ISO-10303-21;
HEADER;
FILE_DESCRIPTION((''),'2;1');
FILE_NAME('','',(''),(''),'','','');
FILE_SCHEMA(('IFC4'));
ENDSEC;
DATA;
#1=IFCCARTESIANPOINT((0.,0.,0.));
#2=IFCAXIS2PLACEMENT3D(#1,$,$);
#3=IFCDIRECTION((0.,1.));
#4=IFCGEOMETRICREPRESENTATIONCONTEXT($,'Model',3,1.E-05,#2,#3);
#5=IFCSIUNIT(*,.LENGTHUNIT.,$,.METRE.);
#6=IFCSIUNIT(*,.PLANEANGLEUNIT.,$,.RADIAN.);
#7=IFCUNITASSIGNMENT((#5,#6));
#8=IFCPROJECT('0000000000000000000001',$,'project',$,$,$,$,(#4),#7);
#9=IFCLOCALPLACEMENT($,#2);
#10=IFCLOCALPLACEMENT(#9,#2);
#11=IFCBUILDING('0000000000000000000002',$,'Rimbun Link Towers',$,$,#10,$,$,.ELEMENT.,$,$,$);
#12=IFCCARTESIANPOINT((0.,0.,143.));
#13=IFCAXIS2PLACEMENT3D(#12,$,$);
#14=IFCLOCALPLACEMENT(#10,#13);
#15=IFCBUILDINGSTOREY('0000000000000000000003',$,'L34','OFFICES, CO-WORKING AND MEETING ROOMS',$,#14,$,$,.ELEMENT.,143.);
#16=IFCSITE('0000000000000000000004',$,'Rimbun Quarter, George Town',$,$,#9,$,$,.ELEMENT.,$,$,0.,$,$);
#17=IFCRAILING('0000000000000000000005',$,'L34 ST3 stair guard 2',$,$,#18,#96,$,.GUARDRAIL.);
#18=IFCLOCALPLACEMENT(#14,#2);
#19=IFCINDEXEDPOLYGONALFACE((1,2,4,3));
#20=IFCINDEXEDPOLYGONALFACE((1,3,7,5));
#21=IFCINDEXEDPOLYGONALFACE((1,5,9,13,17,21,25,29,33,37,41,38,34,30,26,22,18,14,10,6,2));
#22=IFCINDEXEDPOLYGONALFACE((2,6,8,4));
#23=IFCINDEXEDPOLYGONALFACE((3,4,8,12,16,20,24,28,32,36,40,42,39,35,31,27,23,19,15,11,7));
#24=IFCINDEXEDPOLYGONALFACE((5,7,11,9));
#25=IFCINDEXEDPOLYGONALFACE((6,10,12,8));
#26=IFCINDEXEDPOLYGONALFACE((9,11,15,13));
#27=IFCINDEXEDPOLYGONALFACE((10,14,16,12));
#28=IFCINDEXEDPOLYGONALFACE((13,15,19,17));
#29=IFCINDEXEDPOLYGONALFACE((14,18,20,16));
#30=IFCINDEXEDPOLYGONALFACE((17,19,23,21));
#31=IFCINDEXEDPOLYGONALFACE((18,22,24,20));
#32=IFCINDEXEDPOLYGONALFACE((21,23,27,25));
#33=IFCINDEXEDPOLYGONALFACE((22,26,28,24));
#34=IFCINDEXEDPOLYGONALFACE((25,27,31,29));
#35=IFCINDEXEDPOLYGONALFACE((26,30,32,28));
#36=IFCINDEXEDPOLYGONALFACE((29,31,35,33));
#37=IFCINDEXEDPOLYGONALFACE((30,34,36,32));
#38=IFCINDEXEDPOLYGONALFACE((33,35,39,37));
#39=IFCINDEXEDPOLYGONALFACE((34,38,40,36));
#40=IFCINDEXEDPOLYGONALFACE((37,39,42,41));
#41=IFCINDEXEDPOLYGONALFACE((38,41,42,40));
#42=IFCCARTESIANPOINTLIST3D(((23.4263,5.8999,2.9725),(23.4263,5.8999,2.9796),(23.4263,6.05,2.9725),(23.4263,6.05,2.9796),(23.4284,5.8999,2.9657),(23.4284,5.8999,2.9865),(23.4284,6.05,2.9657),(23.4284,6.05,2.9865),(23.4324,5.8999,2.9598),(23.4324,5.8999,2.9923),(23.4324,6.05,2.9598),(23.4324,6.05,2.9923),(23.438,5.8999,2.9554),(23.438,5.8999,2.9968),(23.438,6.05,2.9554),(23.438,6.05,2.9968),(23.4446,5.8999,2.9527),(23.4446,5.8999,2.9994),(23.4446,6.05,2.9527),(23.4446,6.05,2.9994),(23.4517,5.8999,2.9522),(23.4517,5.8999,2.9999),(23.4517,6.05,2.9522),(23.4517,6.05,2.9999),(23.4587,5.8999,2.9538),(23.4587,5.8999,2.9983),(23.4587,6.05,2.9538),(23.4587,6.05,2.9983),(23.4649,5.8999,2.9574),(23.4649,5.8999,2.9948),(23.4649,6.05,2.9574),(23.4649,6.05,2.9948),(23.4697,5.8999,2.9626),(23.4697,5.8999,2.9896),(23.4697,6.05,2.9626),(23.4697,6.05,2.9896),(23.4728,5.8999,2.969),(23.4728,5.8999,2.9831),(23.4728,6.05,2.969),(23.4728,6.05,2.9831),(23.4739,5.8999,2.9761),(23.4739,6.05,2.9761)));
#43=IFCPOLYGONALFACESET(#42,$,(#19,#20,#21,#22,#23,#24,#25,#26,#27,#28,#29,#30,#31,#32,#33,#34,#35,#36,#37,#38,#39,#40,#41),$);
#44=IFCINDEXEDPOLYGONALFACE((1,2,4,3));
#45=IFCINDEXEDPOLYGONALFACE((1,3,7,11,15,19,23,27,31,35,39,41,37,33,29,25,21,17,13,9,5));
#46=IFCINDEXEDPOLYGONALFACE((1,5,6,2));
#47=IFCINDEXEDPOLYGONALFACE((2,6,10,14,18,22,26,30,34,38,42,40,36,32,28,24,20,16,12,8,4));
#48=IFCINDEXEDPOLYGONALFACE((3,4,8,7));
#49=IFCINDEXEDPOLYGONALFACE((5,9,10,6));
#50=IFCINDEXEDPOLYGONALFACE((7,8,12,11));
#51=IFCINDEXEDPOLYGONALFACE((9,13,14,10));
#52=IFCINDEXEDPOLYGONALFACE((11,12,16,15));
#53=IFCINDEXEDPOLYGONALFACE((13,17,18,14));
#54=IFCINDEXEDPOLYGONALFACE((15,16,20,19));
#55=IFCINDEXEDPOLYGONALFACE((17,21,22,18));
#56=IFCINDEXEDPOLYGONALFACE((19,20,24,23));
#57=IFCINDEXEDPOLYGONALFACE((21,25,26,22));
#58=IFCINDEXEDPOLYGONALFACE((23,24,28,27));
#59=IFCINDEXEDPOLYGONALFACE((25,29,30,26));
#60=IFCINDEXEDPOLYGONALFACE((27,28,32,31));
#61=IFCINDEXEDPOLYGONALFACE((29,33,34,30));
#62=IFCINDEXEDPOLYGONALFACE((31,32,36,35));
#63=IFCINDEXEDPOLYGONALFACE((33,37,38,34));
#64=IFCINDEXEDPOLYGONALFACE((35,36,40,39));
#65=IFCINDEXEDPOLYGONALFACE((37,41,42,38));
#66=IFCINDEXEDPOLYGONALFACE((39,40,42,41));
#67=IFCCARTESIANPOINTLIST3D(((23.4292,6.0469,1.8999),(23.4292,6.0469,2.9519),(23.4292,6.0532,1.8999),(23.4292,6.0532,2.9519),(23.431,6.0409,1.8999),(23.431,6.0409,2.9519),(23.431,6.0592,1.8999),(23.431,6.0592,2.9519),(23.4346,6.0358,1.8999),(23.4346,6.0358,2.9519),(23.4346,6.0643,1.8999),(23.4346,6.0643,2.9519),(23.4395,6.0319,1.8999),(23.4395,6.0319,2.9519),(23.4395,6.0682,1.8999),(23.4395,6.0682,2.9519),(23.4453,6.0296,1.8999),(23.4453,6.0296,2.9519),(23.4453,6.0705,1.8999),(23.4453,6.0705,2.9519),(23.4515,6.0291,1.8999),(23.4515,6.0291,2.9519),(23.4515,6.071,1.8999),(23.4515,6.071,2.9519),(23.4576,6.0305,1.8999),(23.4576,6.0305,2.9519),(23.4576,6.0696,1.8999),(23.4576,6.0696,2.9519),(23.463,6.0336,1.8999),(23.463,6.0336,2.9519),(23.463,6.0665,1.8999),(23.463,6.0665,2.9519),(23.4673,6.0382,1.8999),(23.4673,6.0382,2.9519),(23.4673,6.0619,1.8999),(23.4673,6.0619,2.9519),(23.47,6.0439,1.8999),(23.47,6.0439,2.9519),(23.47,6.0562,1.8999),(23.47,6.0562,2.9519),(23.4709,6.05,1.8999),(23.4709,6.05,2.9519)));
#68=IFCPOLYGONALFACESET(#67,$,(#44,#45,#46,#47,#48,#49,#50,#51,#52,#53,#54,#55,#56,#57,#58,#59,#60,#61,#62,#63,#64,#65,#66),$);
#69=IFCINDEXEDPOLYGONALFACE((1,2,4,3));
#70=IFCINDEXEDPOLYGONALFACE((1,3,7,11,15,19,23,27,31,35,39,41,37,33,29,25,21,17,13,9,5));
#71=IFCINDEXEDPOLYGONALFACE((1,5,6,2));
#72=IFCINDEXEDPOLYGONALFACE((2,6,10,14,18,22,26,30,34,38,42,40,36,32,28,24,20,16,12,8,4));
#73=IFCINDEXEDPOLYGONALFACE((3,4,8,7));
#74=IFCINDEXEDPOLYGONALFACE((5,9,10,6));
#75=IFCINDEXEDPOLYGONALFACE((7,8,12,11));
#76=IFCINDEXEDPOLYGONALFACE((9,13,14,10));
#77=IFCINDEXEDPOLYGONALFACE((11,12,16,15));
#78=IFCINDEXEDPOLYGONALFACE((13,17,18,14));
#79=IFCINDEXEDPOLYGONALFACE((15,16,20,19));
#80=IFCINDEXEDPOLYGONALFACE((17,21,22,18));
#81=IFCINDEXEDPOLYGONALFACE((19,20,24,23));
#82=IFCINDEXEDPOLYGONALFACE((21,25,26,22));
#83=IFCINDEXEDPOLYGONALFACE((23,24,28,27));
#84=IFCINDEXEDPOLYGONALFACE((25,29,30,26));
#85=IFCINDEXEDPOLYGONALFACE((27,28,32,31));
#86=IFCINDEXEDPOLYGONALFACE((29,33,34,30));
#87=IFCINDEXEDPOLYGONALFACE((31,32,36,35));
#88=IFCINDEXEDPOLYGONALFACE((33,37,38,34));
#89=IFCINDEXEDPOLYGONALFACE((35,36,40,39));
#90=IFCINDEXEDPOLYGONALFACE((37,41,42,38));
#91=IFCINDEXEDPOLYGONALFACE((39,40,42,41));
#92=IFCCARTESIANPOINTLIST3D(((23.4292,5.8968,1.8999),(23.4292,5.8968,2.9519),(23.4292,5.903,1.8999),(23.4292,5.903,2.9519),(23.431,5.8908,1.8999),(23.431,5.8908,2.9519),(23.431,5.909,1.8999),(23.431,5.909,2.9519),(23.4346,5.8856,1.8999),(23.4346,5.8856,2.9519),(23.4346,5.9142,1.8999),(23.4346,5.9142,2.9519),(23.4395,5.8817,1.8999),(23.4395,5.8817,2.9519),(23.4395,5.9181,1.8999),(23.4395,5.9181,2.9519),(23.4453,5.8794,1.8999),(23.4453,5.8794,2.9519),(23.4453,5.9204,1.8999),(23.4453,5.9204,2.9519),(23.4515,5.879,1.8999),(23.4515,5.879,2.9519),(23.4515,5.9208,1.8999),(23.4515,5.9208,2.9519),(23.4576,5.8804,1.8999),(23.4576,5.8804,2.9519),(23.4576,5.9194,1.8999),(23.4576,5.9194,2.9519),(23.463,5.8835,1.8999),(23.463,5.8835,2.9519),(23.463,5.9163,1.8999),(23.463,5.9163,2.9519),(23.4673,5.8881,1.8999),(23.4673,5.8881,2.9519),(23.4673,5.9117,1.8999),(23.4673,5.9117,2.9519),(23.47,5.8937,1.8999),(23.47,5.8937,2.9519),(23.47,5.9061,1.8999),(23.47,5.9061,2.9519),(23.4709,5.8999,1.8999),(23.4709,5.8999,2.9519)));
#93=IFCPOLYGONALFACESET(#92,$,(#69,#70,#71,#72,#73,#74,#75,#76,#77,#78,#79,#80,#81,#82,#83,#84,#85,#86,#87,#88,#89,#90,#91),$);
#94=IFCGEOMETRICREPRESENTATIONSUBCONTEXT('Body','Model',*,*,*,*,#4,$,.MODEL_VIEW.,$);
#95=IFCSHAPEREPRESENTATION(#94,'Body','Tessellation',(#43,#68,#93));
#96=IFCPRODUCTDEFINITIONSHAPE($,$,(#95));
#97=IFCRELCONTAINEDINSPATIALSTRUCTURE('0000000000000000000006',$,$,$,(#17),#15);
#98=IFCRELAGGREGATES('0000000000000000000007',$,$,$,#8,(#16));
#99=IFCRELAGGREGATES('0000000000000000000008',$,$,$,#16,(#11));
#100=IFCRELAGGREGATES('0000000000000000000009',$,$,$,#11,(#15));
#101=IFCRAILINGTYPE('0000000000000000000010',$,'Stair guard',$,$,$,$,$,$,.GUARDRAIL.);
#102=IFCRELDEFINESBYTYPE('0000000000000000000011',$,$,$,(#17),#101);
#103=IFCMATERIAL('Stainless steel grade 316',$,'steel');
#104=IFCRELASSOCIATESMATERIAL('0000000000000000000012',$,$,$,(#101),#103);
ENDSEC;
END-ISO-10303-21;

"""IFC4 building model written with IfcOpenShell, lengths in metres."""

from ifc_helpers import new_model, si_unit, direction, frame, origin, origin_2d, place, context, subcontext, project, spatial, circle, extrude, material, type_object, element, save


model = new_model("IFC4")

# Units and contexts
model_context = context("Model", 3, precision=1e-05, world=origin(), true_north=direction((0.0, 1.0)))
body_context = subcontext(model_context, "Body", "Model", "MODEL_VIEW")
ifc_project = project(units=[si_unit("LENGTHUNIT", "METRE"), si_unit("PLANEANGLEUNIT", "RADIAN")], contexts=[model_context])

# Site, building, storey
site_placement = place(None, origin())
site = spatial("IfcSite", under=ifc_project, at=site_placement, Name="Rimbun Quarter, George Town", CompositionType="ELEMENT", RefElevation=0.0)
building_placement = place(site_placement, origin())
building = spatial("IfcBuilding", under=site, at=building_placement, Name="Rimbun Link Towers", CompositionType="ELEMENT")
storey_placement = place(building_placement, frame((0.0, 0.0, 143.0)))
storey = spatial("IfcBuildingStorey", under=building, at=storey_placement, Name="L34", Description="OFFICES, CO-WORKING AND MEETING ROOMS", CompositionType="ELEMENT", Elevation=143.0)

# Railing
ifc_material_1 = material(Name="Stainless steel grade 316", Category="steel")
railing_type_1 = type_object("IfcRailingType", Name="Stair guard", PredefinedType="GUARDRAIL", material=ifc_material_1)
railing_1_placement = place(storey_placement, frame((23.45, 6.05, 1.8999)))
element("IfcRailing", 1, at=railing_1_placement, inside=storey, type_object=railing_type_1, Name="L34 ST3 stair guard 2", PredefinedType="GUARDRAIL", context=body_context, shape_type="SweptSolid", body=[
    extrude(circle(Radius=0.0239, at=origin_2d()), frame((0.0, 0.0, 1.0762), z_axis=(0.0, -1.0, 0.0), x_axis=(1.0, 0.0, 0.0)), (0.0, 0.0, 1.0), 0.1501),
    extrude(circle(Radius=0.021, at=origin_2d()), origin(), (0.0, 0.0, 1.0), 1.052),
    extrude(circle(Radius=0.021, at=origin_2d()), frame((0.0, -0.1501, 0.0)), (0.0, 0.0, 1.0), 1.052),
])

save(model, "model.ifc")
